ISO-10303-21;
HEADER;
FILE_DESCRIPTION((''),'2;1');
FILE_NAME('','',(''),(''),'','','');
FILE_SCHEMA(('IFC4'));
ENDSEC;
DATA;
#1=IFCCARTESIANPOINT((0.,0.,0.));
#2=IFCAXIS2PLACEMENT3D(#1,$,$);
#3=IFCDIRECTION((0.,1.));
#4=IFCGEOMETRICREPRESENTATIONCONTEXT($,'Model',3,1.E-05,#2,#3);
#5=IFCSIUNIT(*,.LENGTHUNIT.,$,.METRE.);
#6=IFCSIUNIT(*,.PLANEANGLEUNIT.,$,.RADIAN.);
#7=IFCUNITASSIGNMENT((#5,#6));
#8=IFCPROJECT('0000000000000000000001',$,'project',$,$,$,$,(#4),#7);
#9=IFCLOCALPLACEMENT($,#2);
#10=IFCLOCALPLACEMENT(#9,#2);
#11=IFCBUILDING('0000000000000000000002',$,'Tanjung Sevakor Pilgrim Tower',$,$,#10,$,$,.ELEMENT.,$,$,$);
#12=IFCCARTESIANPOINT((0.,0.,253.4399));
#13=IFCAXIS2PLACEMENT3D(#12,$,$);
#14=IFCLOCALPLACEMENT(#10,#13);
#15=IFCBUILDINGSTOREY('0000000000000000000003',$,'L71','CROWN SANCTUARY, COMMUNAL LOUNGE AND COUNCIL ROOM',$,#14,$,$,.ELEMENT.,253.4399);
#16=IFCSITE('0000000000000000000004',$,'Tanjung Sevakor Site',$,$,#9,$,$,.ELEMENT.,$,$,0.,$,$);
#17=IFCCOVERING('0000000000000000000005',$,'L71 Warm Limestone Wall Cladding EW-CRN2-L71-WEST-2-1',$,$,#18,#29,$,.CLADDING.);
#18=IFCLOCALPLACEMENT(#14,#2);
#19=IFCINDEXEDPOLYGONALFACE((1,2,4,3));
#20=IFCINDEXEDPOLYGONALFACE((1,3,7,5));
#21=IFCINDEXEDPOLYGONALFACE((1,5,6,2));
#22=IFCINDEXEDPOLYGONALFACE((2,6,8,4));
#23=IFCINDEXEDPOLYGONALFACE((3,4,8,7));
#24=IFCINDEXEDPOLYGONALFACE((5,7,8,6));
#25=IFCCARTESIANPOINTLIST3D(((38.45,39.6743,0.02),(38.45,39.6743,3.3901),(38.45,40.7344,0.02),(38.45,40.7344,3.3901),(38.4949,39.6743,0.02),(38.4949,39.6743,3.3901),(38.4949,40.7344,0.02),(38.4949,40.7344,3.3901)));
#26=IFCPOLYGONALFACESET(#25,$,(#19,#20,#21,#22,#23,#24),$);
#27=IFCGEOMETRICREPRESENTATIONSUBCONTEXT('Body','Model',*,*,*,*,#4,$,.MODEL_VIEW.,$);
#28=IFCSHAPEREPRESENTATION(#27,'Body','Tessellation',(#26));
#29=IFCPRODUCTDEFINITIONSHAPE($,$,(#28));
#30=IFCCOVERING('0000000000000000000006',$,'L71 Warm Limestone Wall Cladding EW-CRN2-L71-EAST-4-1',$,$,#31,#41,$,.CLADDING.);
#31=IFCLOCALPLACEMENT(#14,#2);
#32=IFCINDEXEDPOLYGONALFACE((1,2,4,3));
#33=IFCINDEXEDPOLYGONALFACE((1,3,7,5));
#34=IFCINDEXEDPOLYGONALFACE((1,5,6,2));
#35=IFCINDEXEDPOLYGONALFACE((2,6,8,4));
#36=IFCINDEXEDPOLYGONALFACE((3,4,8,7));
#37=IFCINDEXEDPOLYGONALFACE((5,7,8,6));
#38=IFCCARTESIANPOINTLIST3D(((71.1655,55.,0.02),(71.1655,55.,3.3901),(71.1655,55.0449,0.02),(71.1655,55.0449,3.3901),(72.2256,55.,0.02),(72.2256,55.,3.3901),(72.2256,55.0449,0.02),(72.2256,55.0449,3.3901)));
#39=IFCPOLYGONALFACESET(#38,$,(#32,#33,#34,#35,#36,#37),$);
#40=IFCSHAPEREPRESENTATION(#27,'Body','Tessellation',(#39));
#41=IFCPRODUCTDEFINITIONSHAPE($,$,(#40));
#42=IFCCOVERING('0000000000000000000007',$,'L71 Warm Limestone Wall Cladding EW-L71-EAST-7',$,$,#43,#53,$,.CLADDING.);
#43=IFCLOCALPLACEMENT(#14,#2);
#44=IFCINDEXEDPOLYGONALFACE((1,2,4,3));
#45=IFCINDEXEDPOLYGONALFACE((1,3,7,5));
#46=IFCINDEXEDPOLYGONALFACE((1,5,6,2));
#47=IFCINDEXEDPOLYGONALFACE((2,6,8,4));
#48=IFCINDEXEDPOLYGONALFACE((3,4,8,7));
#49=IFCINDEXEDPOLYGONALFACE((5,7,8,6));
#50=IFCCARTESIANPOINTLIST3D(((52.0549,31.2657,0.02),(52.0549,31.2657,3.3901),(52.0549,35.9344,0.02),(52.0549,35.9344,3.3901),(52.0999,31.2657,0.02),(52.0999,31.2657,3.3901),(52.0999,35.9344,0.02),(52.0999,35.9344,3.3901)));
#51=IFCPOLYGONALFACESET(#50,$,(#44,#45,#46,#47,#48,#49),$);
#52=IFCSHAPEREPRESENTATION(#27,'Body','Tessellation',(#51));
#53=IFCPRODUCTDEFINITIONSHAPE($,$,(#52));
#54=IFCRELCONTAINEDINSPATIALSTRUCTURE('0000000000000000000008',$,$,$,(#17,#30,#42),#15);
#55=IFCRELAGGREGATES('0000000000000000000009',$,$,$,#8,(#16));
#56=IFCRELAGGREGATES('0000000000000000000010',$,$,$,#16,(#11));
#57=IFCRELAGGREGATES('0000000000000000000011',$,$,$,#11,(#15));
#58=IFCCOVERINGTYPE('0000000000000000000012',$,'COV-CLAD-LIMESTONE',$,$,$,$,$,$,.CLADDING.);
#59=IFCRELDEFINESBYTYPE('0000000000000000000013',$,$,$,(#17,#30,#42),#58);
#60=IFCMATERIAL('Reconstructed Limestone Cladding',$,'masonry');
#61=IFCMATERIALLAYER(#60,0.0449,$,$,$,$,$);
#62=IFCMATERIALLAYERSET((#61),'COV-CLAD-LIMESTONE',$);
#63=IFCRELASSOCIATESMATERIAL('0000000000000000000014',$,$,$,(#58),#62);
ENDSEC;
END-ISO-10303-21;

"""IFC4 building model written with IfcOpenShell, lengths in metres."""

from ifc_helpers import new_model, si_unit, direction, frame, origin, origin_2d, place, context, subcontext, project, spatial, rectangle, extrude, material, layer, layer_set, type_object, element, save


model = new_model("IFC4")

# Units and contexts
model_context = context("Model", 3, precision=1e-05, world=origin(), true_north=direction((0.0, 1.0)))
body_context = subcontext(model_context, "Body", "Model", "MODEL_VIEW")
ifc_project = project(units=[si_unit("LENGTHUNIT", "METRE"), si_unit("PLANEANGLEUNIT", "RADIAN")], contexts=[model_context])

# Site, building, storey
site_placement = place(None, origin())
site = spatial("IfcSite", under=ifc_project, at=site_placement, Name="Tanjung Sevakor Site", CompositionType="ELEMENT", RefElevation=0.0)
building_placement = place(site_placement, origin())
building = spatial("IfcBuilding", under=site, at=building_placement, Name="Tanjung Sevakor Pilgrim Tower", CompositionType="ELEMENT")
storey_placement = place(building_placement, frame((0.0, 0.0, 253.4399)))
storey = spatial("IfcBuildingStorey", under=building, at=storey_placement, Name="L71", Description="CROWN SANCTUARY, COMMUNAL LOUNGE AND COUNCIL ROOM", CompositionType="ELEMENT", Elevation=253.4399)

# Coverings
ifc_material_1 = material(Name="Reconstructed Limestone Cladding", Category="masonry")
ifc_layer_1 = layer(ifc_material_1, 0.0449)
ifc_layer_set_1 = layer_set([ifc_layer_1], Name="COV-CLAD-LIMESTONE")
covering_type = type_object("IfcCoveringType", Name="COV-CLAD-LIMESTONE", PredefinedType="CLADDING", material=ifc_layer_set_1)
for number, where, z_axis, x_axis, name in (
    (1, (38.4724, 40.2043, 0.02), (0.0, 0.0, 1.0), (0.0, 1.0, 0.0), "L71 Warm Limestone Wall Cladding EW-CRN2-L71-WEST-2-1"),
    (2, (71.6956, 55.0225, 0.02), (0.0, 0.0, 1.0), (-1.0, 0.0, 0.0), "L71 Warm Limestone Wall Cladding EW-CRN2-L71-EAST-4-1"),
):
    element("IfcCovering", number, at=place(storey_placement, frame(where, z_axis=z_axis, x_axis=x_axis)), inside=storey, type_object=covering_type, Name=name, PredefinedType="CLADDING", context=body_context, shape_type="SweptSolid", body=[
        extrude(rectangle(XDim=1.0601, YDim=0.0449, at=origin_2d()), origin(), (0.0, 0.0, 1.0), 3.3701),
    ])
covering_placement = place(storey_placement, frame((52.0774, 33.6001, 0.02), z_axis=(0.0, 0.0, 1.0), x_axis=(0.0, -1.0, 0.0)))
element("IfcCovering", 3, at=covering_placement, inside=storey, type_object=covering_type, Name="L71 Warm Limestone Wall Cladding EW-L71-EAST-7", PredefinedType="CLADDING", context=body_context, shape_type="SweptSolid", body=[
    extrude(rectangle(XDim=4.6687, YDim=0.0449, at=origin_2d()), origin(), (0.0, 0.0, 1.0), 3.3701),
])

save(model, "model.ifc")
